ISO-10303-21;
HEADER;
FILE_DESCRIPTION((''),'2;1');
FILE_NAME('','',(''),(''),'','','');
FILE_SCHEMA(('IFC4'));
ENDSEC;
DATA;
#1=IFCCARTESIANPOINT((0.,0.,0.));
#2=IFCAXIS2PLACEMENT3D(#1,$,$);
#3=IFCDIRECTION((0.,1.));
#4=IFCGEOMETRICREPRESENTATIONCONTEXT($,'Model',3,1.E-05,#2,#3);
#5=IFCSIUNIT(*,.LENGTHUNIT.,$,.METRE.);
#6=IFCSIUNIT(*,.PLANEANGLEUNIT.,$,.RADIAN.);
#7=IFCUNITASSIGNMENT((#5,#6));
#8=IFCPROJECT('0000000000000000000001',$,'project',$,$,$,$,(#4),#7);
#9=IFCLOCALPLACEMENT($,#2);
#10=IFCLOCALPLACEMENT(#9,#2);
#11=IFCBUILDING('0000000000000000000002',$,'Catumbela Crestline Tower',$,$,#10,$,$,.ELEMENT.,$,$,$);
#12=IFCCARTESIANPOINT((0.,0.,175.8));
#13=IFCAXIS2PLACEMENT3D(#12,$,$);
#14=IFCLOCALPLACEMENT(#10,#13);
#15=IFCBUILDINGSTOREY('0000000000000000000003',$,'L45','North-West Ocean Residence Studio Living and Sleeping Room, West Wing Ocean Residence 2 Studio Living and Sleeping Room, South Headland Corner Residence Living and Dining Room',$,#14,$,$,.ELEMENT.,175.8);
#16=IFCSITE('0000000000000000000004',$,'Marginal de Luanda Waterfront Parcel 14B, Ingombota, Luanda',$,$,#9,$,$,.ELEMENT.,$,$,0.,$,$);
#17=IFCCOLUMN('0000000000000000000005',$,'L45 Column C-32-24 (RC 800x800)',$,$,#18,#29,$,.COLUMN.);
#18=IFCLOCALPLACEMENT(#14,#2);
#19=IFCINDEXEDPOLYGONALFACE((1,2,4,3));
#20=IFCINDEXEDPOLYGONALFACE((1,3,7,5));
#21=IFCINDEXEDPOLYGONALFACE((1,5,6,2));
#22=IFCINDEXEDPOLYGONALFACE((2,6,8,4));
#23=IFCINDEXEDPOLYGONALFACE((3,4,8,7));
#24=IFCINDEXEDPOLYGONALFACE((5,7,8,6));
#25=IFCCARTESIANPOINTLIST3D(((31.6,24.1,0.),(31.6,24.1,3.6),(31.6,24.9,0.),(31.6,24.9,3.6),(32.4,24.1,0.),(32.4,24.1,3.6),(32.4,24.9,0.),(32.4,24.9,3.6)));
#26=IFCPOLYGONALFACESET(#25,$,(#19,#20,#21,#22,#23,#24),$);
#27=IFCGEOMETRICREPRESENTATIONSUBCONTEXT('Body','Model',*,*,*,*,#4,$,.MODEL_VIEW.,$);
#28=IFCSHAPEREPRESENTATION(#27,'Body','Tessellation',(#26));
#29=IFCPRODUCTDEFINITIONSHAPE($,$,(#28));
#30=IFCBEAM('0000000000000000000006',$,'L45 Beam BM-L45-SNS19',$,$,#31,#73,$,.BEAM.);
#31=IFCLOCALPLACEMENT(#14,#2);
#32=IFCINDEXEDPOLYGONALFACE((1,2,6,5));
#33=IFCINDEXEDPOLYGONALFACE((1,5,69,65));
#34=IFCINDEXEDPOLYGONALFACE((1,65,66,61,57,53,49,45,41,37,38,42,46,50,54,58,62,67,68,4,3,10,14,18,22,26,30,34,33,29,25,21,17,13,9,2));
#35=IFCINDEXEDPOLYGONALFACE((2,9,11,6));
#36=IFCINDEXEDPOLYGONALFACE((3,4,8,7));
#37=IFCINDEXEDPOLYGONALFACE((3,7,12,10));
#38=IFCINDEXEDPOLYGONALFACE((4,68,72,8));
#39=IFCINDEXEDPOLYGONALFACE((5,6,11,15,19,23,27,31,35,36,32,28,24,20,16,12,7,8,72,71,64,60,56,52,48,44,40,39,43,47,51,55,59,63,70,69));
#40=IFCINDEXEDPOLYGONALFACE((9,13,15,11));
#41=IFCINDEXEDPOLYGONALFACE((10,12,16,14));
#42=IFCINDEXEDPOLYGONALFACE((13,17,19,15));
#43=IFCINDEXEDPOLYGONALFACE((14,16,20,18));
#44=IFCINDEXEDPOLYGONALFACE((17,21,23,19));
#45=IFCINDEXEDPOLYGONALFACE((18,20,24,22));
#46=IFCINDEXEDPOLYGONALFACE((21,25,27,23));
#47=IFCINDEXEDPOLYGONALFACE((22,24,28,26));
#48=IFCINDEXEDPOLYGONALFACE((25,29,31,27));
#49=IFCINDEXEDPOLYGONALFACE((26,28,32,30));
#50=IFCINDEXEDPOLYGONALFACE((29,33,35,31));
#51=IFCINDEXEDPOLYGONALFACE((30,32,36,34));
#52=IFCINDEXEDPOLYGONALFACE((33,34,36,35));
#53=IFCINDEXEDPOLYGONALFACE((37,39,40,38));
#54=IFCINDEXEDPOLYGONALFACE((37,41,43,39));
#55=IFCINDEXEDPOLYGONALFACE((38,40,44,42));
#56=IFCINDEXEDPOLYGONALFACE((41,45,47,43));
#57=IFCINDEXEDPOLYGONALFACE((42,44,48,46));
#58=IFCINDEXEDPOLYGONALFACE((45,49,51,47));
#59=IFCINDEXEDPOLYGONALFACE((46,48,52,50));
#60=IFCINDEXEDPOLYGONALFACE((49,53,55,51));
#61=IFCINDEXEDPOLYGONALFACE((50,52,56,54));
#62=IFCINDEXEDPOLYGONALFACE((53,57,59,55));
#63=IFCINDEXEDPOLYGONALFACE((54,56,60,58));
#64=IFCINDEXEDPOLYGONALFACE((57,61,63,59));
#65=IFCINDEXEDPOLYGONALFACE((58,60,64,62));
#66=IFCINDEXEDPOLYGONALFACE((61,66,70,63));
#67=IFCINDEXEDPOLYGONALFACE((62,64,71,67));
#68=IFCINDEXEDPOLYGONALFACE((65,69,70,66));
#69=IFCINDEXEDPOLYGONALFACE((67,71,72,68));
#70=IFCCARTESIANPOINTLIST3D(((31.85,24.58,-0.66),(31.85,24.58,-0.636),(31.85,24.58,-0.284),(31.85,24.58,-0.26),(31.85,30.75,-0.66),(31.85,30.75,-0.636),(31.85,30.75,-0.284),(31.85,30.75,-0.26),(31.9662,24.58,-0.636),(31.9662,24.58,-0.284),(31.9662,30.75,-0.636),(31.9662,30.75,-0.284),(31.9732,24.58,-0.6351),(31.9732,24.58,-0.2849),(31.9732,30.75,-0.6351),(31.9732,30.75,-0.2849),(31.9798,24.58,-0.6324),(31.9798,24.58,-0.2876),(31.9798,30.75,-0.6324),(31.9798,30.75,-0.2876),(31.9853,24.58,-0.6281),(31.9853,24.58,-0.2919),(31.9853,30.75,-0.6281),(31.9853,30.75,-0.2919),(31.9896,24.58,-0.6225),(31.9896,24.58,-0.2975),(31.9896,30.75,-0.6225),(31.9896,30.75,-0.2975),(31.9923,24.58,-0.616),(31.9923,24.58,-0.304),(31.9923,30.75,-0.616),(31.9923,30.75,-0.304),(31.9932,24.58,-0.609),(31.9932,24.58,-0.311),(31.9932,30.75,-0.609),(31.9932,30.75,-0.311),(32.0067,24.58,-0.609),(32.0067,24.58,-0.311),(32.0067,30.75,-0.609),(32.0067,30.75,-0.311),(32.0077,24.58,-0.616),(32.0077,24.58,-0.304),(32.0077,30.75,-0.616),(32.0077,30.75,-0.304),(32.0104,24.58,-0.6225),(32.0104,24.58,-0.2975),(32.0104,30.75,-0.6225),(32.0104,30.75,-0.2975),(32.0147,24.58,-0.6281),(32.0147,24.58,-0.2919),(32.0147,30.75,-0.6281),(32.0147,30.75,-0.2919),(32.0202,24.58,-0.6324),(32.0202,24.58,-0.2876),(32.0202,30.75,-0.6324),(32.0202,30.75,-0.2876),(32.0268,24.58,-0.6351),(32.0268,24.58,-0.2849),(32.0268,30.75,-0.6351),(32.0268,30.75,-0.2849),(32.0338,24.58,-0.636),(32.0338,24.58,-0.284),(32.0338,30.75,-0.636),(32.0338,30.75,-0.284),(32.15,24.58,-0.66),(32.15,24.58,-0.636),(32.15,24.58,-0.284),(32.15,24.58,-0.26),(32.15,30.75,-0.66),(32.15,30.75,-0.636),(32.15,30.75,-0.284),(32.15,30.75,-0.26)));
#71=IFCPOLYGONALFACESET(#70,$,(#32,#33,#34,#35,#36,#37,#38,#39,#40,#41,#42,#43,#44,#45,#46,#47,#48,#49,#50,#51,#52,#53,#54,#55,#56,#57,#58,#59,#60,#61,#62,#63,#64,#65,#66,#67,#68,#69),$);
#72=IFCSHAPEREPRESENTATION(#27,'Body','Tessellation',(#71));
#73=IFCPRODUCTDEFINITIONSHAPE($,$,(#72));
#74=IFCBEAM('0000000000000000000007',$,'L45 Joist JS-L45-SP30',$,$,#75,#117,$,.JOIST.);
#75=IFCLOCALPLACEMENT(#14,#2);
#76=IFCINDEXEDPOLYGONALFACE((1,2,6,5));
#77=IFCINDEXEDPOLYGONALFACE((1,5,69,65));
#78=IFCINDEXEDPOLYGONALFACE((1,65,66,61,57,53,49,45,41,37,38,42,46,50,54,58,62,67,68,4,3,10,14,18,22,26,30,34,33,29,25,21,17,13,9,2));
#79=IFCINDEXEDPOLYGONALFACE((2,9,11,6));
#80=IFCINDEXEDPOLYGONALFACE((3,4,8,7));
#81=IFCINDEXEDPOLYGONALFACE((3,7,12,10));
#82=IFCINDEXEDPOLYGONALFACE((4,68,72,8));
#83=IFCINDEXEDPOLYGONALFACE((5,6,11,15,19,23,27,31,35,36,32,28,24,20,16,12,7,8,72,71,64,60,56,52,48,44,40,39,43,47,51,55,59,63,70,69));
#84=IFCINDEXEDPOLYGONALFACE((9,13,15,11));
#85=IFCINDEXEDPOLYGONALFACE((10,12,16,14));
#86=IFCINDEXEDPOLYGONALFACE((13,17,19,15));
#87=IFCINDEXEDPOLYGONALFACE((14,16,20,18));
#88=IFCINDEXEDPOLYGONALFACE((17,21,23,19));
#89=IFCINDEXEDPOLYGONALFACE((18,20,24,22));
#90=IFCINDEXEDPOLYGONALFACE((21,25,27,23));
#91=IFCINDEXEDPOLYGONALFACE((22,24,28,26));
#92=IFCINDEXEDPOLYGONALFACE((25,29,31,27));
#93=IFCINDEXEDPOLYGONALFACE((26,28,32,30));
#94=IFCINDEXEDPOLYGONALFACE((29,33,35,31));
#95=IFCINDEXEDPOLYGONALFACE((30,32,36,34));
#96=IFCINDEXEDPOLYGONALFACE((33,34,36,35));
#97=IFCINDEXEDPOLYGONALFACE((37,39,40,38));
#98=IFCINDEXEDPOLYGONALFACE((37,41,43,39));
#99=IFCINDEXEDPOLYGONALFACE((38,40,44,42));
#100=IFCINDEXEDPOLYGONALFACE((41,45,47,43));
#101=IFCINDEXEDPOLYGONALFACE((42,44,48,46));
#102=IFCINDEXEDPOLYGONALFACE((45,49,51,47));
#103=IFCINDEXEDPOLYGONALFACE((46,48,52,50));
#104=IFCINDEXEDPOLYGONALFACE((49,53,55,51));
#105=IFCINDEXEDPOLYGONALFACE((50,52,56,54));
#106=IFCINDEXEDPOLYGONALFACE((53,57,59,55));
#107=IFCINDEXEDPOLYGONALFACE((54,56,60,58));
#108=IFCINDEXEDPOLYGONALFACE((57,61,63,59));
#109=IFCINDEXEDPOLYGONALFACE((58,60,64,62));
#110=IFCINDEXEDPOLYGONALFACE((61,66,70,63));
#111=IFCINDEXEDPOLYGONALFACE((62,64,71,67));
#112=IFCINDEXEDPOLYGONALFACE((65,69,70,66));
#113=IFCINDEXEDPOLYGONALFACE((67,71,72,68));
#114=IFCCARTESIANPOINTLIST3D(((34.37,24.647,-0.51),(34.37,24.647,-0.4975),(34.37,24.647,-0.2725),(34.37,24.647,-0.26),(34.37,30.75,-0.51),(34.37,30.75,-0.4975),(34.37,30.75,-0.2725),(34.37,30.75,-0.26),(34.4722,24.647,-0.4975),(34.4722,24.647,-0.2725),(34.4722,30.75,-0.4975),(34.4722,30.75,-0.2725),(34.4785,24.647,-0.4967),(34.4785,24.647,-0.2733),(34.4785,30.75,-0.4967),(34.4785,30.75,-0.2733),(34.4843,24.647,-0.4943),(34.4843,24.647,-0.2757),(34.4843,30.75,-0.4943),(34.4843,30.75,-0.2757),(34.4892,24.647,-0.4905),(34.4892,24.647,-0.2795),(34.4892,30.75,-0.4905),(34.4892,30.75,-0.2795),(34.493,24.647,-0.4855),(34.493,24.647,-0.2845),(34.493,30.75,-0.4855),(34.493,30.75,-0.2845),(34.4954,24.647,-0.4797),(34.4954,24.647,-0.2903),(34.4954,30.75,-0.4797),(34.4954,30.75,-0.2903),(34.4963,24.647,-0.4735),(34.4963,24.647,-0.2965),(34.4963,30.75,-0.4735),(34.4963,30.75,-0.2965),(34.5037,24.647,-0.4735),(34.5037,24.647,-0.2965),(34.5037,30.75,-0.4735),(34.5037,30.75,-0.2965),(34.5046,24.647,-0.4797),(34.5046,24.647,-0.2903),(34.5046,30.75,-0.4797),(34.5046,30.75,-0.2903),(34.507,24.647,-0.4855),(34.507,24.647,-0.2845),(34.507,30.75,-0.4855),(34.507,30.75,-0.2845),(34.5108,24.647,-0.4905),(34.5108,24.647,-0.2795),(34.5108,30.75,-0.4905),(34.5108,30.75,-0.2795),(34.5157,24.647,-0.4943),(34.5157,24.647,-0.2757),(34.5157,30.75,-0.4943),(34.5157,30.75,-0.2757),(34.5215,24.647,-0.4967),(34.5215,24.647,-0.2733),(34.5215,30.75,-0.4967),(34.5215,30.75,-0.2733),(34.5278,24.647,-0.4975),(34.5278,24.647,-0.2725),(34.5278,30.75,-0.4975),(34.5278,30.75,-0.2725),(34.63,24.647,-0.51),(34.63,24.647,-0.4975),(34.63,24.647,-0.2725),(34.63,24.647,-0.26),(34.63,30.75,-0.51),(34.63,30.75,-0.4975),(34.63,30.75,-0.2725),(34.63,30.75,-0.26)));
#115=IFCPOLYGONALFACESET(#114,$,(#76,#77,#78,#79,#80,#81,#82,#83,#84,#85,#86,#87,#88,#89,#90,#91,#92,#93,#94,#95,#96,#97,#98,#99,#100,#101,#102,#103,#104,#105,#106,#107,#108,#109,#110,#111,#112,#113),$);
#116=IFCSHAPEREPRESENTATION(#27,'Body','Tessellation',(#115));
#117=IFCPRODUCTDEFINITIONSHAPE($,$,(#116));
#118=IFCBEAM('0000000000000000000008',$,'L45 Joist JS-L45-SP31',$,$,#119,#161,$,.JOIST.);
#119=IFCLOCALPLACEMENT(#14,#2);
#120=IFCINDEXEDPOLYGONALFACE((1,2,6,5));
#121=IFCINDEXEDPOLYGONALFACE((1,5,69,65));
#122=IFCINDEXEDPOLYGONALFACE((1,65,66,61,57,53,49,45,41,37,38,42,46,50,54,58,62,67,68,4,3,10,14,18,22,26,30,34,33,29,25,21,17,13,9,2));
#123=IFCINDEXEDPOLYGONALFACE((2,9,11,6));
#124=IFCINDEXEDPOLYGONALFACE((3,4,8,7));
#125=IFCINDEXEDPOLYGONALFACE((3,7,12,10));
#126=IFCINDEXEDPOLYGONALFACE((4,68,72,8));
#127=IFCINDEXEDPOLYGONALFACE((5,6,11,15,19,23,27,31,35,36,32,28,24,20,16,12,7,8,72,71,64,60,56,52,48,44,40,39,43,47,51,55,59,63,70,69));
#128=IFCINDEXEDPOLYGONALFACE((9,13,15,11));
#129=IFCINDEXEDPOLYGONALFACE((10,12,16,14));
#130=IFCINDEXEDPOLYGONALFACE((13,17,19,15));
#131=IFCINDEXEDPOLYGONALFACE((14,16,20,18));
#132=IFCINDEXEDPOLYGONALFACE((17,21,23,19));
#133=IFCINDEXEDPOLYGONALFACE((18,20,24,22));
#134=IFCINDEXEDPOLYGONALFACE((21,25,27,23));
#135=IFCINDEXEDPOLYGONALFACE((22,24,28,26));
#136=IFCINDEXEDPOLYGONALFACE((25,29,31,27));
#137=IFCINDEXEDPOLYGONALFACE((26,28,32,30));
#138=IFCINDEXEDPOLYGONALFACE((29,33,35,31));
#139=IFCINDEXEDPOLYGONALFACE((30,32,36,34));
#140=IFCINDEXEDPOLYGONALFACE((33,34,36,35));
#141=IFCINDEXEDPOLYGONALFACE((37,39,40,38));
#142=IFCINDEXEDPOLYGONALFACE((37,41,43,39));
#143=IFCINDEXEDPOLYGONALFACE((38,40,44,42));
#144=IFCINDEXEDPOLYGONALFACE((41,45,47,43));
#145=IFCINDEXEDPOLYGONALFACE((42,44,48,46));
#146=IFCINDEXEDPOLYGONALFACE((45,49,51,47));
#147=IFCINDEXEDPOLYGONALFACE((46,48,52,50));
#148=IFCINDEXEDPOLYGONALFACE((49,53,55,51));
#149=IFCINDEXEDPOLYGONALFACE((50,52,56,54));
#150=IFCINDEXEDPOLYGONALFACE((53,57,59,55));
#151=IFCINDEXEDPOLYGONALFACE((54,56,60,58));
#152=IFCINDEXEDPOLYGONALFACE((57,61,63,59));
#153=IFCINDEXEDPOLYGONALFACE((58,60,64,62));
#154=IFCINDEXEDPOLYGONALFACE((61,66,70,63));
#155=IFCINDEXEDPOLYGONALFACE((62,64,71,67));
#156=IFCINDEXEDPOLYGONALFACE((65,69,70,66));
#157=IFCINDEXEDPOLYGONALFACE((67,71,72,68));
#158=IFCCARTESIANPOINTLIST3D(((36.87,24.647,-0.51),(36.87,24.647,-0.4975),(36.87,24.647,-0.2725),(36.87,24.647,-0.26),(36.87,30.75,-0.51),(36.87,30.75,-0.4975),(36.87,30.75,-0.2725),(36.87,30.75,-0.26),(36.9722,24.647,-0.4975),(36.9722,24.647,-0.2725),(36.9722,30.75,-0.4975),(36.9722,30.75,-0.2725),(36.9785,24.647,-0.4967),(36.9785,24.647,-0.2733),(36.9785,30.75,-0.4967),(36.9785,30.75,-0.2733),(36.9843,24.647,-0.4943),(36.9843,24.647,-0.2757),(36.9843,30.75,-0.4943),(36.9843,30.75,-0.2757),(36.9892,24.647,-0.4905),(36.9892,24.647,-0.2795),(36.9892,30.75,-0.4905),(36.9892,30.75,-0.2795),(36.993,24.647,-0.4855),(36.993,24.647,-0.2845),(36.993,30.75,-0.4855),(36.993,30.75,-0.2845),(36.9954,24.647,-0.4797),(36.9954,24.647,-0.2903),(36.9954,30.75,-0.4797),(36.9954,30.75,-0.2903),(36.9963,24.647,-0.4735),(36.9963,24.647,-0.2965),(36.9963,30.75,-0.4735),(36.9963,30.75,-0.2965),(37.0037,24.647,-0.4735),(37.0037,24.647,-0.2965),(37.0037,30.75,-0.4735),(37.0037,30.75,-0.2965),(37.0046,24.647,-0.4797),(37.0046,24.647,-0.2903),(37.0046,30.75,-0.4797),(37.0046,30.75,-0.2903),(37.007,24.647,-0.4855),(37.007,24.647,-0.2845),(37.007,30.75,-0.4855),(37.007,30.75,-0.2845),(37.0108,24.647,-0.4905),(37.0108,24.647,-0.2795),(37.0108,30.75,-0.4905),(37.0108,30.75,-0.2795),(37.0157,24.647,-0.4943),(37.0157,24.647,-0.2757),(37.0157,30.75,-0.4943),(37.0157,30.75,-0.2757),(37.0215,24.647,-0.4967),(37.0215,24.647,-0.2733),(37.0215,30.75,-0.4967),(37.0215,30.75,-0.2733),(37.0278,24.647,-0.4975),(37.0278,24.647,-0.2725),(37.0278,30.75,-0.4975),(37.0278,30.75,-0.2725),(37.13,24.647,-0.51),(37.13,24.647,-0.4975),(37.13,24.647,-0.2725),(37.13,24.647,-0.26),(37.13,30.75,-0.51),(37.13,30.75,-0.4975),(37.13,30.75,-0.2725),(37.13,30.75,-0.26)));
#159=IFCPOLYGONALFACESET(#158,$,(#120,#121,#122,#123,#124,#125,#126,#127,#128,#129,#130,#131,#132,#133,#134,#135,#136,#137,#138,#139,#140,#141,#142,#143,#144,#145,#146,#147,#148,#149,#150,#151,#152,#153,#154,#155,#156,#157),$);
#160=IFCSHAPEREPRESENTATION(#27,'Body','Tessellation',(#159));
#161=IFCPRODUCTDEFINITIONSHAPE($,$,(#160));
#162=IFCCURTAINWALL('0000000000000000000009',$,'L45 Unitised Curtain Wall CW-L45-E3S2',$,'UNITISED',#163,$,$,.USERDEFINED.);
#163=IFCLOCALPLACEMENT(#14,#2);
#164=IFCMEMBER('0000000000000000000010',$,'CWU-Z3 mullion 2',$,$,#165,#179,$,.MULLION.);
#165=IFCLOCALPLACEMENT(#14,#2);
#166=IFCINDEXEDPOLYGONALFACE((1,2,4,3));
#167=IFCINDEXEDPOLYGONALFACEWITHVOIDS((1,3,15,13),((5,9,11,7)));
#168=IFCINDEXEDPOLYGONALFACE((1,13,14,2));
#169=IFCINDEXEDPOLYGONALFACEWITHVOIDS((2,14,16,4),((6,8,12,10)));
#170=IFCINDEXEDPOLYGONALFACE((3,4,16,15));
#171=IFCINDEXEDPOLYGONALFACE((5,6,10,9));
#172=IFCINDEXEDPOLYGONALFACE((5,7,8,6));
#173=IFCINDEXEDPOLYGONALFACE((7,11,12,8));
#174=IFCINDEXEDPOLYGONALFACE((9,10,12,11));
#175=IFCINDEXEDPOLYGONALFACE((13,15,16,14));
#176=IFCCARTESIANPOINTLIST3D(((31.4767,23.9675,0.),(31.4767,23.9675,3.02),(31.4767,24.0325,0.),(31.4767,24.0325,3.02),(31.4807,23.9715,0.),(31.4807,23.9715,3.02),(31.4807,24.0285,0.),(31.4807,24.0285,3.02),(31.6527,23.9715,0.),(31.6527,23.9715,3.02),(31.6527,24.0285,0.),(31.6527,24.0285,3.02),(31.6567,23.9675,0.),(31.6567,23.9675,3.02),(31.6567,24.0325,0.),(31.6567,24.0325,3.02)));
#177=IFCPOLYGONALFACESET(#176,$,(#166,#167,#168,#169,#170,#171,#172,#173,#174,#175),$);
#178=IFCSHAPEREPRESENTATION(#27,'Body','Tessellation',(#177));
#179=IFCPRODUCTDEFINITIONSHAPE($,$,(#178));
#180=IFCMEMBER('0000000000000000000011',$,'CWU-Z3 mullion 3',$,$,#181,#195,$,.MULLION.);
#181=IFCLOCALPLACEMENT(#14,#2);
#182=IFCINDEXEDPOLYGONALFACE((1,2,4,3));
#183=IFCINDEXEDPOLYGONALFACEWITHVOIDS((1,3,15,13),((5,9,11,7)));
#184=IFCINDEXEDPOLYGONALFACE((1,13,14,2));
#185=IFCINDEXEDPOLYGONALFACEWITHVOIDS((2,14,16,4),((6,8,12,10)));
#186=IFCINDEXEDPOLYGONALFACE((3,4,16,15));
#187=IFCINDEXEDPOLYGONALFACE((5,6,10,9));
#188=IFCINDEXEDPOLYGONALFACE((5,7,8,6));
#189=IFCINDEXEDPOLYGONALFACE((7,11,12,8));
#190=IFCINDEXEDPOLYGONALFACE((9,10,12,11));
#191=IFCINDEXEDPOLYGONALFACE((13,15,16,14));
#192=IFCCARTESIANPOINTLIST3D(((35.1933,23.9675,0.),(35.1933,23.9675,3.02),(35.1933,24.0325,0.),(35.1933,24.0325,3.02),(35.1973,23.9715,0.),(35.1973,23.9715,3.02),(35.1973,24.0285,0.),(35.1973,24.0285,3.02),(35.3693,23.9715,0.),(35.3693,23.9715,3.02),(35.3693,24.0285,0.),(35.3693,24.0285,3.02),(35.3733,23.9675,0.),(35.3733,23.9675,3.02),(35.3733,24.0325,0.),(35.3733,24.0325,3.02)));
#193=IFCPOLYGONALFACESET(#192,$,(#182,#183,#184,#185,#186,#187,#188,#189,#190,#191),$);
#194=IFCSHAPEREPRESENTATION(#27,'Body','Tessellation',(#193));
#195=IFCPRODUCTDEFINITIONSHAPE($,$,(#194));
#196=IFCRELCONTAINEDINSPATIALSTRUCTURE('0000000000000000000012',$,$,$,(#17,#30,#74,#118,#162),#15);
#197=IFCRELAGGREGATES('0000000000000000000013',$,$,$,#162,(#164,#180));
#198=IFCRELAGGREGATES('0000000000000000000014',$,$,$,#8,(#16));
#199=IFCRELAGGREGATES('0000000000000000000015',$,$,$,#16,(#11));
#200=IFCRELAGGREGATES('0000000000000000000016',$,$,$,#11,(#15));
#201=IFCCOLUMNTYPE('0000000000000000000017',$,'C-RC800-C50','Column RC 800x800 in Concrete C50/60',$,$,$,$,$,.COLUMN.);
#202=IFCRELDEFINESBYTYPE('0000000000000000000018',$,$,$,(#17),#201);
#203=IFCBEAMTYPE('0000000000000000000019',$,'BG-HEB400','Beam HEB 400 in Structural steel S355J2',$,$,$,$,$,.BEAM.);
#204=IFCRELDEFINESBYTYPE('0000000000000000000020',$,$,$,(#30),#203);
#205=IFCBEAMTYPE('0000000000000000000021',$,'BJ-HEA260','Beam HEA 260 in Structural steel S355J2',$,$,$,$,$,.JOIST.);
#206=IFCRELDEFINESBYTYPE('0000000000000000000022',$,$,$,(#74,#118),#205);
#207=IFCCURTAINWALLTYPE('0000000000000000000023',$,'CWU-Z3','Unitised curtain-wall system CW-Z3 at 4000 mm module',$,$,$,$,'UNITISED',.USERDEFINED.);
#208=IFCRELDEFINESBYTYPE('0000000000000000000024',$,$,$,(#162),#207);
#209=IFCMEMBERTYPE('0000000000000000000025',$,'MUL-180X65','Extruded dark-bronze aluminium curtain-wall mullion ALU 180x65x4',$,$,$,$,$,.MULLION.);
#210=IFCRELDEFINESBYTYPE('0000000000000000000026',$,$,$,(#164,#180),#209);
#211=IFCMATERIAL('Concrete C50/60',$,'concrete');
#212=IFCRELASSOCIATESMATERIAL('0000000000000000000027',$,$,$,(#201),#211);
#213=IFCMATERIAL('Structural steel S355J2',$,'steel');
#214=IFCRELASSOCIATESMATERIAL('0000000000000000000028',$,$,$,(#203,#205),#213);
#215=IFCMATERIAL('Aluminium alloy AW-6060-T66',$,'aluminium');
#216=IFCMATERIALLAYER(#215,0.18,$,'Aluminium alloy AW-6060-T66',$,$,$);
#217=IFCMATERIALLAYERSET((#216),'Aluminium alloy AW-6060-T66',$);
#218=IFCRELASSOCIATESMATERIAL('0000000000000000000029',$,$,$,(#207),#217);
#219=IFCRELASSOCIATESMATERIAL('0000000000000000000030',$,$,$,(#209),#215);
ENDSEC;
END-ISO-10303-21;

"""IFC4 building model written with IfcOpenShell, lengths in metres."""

from ifc_helpers import new_model, si_unit, direction, frame, origin, origin_2d, place, context, subcontext, project, spatial, rectangle, hollow_rectangle, i_section, extrude, material, layer, layer_set, material_profile, profile_set, type_object, element, aggregate, save


model = new_model("IFC4")

# Units and contexts
model_context = context("Model", 3, precision=1e-05, world=origin(), true_north=direction((0.0, 1.0)))
body_context = subcontext(model_context, "Body", "Model", "MODEL_VIEW")
ifc_project = project(units=[si_unit("LENGTHUNIT", "METRE"), si_unit("PLANEANGLEUNIT", "RADIAN")], contexts=[model_context])

# Site, building, storey
site_placement = place(None, origin())
site = spatial("IfcSite", under=ifc_project, at=site_placement, Name="Marginal de Luanda Waterfront Parcel 14B, Ingombota, Luanda", CompositionType="ELEMENT", RefElevation=0.0)
building_placement = place(site_placement, origin())
building = spatial("IfcBuilding", under=site, at=building_placement, Name="Catumbela Crestline Tower", CompositionType="ELEMENT")
storey_placement = place(building_placement, frame((0.0, 0.0, 175.8)))
storey = spatial("IfcBuildingStorey", under=building, at=storey_placement, Name="L45", Description="North-West Ocean Residence Studio Living and Sleeping Room, West Wing Ocean Residence 2 Studio Living and Sleeping Room, South Headland Corner Residence Living and Dining Room", CompositionType="ELEMENT", Elevation=175.8)

# Column
ifc_material_1 = material(Name="Concrete C50/60", Category="concrete")
ifc_material_profile_1 = material_profile(ifc_material_1, rectangle(XDim=0.8, YDim=0.8, at=origin_2d()), Name="RC 800x800")
ifc_profile_set_1 = profile_set([ifc_material_profile_1], Name="Concrete C50/60")
column_type = type_object("IfcColumnType", Name="C-RC800-C50", Description="Column RC 800x800 in Concrete C50/60", PredefinedType="COLUMN", material=ifc_profile_set_1)
column_placement = place(storey_placement, frame((32.0, 24.5, 0.0), z_axis=(0.0, 0.0, 1.0), x_axis=(1.0, 0.0, 0.0)))
element("IfcColumn", 1, at=column_placement, inside=storey, type_object=column_type, Name="L45 Column C-32-24 (RC 800x800)", PredefinedType="COLUMN", context=body_context, shape_type="SweptSolid", body=[
    extrude(rectangle(XDim=0.8, YDim=0.8, at=origin_2d()), origin(), (0.0, 0.0, 1.0), 3.6),
])

# Beams
ifc_material_2 = material(Name="Structural steel S355J2", Category="steel")
ifc_material_profile_2 = material_profile(ifc_material_2, i_section(OverallWidth=0.3, OverallDepth=0.4, WebThickness=0.0135, FlangeThickness=0.024, FilletRadius=0.027, at=origin_2d()), Name="HEB 400")
ifc_profile_set_2 = profile_set([ifc_material_profile_2], Name="Structural steel S355J2")
beam_type_1 = type_object("IfcBeamType", Name="BG-HEB400", Description="Beam HEB 400 in Structural steel S355J2", PredefinedType="BEAM", material=ifc_profile_set_2)
beam_1_placement = place(storey_placement, frame((32.0, 24.58, -0.46), z_axis=(0.0, 1.0, 0.0), x_axis=(-1.0, 0.0, 0.0)))
element("IfcBeam", 2, at=beam_1_placement, inside=storey, type_object=beam_type_1, Name="L45 Beam BM-L45-SNS19", PredefinedType="BEAM", context=body_context, shape_type="SweptSolid", body=[
    extrude(i_section(OverallWidth=0.3, OverallDepth=0.4, WebThickness=0.0135, FlangeThickness=0.024, FilletRadius=0.027, at=origin_2d()), origin(), (0.0, 0.0, 1.0), 6.17),
])
ifc_material_profile_3 = material_profile(ifc_material_2, i_section(OverallWidth=0.26, OverallDepth=0.25, WebThickness=0.0075, FlangeThickness=0.0125, FilletRadius=0.024, at=origin_2d()), Name="HEA 260")
ifc_profile_set_3 = profile_set([ifc_material_profile_3], Name="Structural steel S355J2")
beam_type_2 = type_object("IfcBeamType", Name="BJ-HEA260", Description="Beam HEA 260 in Structural steel S355J2", PredefinedType="JOIST", material=ifc_profile_set_3)
for number, where, z_axis, x_axis, name in (
    (3, (34.5, 24.647, -0.385), (0.0, 1.0, 0.0), (-1.0, 0.0, 0.0), "L45 Joist JS-L45-SP30"),
    (4, (37.0, 24.647, -0.385), (0.0, 1.0, 0.0), (-1.0, 0.0, 0.0), "L45 Joist JS-L45-SP31"),
):
    element("IfcBeam", number, at=place(storey_placement, frame(where, z_axis=z_axis, x_axis=x_axis)), inside=storey, type_object=beam_type_2, Name=name, PredefinedType="JOIST", context=body_context, shape_type="SweptSolid", body=[
        extrude(i_section(OverallWidth=0.26, OverallDepth=0.25, WebThickness=0.0075, FlangeThickness=0.0125, FilletRadius=0.024, at=origin_2d()), origin(), (0.0, 0.0, 1.0), 6.103),
    ])

# Curtain wall, members
ifc_material_3 = material(Name="Aluminium alloy AW-6060-T66", Category="aluminium")
ifc_layer_1 = layer(ifc_material_3, 0.18, Name="Aluminium alloy AW-6060-T66")
ifc_layer_set_1 = layer_set([ifc_layer_1], Name="Aluminium alloy AW-6060-T66")
curtain_wall_type = type_object("IfcCurtainWallType", Name="CWU-Z3", Description="Unitised curtain-wall system CW-Z3 at 4000 mm module", ElementType="UNITISED", PredefinedType="USERDEFINED", material=ifc_layer_set_1)
curtain_wall_placement = place(storey_placement, origin())
curtain_wall = element("IfcCurtainWall", 5, at=curtain_wall_placement, inside=storey, type_object=curtain_wall_type, Name="L45 Unitised Curtain Wall CW-L45-E3S2", ObjectType="UNITISED", PredefinedType="USERDEFINED")
ifc_material_profile_4 = material_profile(ifc_material_3, hollow_rectangle(XDim=0.065, YDim=0.18, WallThickness=0.004, at=origin_2d()), Name="ALU 180x65x4")
ifc_profile_set_4 = profile_set([ifc_material_profile_4], Name="Aluminium alloy AW-6060-T66")
member_type_1 = type_object("IfcMemberType", Name="MUL-180X65", Description="Extruded dark-bronze aluminium curtain-wall mullion ALU 180x65x4", PredefinedType="MULLION", material=ifc_profile_set_4)
member_1_placement = place(storey_placement, frame((31.5667, 24.0, 0.0), z_axis=(0.0, 0.0, 1.0), x_axis=(0.0, 1.0, 0.0)))
member_1 = element("IfcMember", 6, at=member_1_placement, type_object=member_type_1, Name="CWU-Z3 mullion 2", PredefinedType="MULLION", context=body_context, shape_type="SweptSolid", body=[
    extrude(hollow_rectangle(XDim=0.065, YDim=0.18, WallThickness=0.004, at=origin_2d()), origin(), (0.0, 0.0, 1.0), 3.02),
])
member_2_placement = place(storey_placement, frame((35.2833, 24.0, 0.0), z_axis=(0.0, 0.0, 1.0), x_axis=(0.0, 1.0, 0.0)))
member_2 = element("IfcMember", 7, at=member_2_placement, type_object=member_type_1, Name="CWU-Z3 mullion 3", PredefinedType="MULLION", context=body_context, shape_type="SweptSolid", body=[
    extrude(hollow_rectangle(XDim=0.065, YDim=0.18, WallThickness=0.004, at=origin_2d()), origin(), (0.0, 0.0, 1.0), 3.02),
])

aggregate(curtain_wall, [member_1, member_2])

save(model, "model.ifc")
